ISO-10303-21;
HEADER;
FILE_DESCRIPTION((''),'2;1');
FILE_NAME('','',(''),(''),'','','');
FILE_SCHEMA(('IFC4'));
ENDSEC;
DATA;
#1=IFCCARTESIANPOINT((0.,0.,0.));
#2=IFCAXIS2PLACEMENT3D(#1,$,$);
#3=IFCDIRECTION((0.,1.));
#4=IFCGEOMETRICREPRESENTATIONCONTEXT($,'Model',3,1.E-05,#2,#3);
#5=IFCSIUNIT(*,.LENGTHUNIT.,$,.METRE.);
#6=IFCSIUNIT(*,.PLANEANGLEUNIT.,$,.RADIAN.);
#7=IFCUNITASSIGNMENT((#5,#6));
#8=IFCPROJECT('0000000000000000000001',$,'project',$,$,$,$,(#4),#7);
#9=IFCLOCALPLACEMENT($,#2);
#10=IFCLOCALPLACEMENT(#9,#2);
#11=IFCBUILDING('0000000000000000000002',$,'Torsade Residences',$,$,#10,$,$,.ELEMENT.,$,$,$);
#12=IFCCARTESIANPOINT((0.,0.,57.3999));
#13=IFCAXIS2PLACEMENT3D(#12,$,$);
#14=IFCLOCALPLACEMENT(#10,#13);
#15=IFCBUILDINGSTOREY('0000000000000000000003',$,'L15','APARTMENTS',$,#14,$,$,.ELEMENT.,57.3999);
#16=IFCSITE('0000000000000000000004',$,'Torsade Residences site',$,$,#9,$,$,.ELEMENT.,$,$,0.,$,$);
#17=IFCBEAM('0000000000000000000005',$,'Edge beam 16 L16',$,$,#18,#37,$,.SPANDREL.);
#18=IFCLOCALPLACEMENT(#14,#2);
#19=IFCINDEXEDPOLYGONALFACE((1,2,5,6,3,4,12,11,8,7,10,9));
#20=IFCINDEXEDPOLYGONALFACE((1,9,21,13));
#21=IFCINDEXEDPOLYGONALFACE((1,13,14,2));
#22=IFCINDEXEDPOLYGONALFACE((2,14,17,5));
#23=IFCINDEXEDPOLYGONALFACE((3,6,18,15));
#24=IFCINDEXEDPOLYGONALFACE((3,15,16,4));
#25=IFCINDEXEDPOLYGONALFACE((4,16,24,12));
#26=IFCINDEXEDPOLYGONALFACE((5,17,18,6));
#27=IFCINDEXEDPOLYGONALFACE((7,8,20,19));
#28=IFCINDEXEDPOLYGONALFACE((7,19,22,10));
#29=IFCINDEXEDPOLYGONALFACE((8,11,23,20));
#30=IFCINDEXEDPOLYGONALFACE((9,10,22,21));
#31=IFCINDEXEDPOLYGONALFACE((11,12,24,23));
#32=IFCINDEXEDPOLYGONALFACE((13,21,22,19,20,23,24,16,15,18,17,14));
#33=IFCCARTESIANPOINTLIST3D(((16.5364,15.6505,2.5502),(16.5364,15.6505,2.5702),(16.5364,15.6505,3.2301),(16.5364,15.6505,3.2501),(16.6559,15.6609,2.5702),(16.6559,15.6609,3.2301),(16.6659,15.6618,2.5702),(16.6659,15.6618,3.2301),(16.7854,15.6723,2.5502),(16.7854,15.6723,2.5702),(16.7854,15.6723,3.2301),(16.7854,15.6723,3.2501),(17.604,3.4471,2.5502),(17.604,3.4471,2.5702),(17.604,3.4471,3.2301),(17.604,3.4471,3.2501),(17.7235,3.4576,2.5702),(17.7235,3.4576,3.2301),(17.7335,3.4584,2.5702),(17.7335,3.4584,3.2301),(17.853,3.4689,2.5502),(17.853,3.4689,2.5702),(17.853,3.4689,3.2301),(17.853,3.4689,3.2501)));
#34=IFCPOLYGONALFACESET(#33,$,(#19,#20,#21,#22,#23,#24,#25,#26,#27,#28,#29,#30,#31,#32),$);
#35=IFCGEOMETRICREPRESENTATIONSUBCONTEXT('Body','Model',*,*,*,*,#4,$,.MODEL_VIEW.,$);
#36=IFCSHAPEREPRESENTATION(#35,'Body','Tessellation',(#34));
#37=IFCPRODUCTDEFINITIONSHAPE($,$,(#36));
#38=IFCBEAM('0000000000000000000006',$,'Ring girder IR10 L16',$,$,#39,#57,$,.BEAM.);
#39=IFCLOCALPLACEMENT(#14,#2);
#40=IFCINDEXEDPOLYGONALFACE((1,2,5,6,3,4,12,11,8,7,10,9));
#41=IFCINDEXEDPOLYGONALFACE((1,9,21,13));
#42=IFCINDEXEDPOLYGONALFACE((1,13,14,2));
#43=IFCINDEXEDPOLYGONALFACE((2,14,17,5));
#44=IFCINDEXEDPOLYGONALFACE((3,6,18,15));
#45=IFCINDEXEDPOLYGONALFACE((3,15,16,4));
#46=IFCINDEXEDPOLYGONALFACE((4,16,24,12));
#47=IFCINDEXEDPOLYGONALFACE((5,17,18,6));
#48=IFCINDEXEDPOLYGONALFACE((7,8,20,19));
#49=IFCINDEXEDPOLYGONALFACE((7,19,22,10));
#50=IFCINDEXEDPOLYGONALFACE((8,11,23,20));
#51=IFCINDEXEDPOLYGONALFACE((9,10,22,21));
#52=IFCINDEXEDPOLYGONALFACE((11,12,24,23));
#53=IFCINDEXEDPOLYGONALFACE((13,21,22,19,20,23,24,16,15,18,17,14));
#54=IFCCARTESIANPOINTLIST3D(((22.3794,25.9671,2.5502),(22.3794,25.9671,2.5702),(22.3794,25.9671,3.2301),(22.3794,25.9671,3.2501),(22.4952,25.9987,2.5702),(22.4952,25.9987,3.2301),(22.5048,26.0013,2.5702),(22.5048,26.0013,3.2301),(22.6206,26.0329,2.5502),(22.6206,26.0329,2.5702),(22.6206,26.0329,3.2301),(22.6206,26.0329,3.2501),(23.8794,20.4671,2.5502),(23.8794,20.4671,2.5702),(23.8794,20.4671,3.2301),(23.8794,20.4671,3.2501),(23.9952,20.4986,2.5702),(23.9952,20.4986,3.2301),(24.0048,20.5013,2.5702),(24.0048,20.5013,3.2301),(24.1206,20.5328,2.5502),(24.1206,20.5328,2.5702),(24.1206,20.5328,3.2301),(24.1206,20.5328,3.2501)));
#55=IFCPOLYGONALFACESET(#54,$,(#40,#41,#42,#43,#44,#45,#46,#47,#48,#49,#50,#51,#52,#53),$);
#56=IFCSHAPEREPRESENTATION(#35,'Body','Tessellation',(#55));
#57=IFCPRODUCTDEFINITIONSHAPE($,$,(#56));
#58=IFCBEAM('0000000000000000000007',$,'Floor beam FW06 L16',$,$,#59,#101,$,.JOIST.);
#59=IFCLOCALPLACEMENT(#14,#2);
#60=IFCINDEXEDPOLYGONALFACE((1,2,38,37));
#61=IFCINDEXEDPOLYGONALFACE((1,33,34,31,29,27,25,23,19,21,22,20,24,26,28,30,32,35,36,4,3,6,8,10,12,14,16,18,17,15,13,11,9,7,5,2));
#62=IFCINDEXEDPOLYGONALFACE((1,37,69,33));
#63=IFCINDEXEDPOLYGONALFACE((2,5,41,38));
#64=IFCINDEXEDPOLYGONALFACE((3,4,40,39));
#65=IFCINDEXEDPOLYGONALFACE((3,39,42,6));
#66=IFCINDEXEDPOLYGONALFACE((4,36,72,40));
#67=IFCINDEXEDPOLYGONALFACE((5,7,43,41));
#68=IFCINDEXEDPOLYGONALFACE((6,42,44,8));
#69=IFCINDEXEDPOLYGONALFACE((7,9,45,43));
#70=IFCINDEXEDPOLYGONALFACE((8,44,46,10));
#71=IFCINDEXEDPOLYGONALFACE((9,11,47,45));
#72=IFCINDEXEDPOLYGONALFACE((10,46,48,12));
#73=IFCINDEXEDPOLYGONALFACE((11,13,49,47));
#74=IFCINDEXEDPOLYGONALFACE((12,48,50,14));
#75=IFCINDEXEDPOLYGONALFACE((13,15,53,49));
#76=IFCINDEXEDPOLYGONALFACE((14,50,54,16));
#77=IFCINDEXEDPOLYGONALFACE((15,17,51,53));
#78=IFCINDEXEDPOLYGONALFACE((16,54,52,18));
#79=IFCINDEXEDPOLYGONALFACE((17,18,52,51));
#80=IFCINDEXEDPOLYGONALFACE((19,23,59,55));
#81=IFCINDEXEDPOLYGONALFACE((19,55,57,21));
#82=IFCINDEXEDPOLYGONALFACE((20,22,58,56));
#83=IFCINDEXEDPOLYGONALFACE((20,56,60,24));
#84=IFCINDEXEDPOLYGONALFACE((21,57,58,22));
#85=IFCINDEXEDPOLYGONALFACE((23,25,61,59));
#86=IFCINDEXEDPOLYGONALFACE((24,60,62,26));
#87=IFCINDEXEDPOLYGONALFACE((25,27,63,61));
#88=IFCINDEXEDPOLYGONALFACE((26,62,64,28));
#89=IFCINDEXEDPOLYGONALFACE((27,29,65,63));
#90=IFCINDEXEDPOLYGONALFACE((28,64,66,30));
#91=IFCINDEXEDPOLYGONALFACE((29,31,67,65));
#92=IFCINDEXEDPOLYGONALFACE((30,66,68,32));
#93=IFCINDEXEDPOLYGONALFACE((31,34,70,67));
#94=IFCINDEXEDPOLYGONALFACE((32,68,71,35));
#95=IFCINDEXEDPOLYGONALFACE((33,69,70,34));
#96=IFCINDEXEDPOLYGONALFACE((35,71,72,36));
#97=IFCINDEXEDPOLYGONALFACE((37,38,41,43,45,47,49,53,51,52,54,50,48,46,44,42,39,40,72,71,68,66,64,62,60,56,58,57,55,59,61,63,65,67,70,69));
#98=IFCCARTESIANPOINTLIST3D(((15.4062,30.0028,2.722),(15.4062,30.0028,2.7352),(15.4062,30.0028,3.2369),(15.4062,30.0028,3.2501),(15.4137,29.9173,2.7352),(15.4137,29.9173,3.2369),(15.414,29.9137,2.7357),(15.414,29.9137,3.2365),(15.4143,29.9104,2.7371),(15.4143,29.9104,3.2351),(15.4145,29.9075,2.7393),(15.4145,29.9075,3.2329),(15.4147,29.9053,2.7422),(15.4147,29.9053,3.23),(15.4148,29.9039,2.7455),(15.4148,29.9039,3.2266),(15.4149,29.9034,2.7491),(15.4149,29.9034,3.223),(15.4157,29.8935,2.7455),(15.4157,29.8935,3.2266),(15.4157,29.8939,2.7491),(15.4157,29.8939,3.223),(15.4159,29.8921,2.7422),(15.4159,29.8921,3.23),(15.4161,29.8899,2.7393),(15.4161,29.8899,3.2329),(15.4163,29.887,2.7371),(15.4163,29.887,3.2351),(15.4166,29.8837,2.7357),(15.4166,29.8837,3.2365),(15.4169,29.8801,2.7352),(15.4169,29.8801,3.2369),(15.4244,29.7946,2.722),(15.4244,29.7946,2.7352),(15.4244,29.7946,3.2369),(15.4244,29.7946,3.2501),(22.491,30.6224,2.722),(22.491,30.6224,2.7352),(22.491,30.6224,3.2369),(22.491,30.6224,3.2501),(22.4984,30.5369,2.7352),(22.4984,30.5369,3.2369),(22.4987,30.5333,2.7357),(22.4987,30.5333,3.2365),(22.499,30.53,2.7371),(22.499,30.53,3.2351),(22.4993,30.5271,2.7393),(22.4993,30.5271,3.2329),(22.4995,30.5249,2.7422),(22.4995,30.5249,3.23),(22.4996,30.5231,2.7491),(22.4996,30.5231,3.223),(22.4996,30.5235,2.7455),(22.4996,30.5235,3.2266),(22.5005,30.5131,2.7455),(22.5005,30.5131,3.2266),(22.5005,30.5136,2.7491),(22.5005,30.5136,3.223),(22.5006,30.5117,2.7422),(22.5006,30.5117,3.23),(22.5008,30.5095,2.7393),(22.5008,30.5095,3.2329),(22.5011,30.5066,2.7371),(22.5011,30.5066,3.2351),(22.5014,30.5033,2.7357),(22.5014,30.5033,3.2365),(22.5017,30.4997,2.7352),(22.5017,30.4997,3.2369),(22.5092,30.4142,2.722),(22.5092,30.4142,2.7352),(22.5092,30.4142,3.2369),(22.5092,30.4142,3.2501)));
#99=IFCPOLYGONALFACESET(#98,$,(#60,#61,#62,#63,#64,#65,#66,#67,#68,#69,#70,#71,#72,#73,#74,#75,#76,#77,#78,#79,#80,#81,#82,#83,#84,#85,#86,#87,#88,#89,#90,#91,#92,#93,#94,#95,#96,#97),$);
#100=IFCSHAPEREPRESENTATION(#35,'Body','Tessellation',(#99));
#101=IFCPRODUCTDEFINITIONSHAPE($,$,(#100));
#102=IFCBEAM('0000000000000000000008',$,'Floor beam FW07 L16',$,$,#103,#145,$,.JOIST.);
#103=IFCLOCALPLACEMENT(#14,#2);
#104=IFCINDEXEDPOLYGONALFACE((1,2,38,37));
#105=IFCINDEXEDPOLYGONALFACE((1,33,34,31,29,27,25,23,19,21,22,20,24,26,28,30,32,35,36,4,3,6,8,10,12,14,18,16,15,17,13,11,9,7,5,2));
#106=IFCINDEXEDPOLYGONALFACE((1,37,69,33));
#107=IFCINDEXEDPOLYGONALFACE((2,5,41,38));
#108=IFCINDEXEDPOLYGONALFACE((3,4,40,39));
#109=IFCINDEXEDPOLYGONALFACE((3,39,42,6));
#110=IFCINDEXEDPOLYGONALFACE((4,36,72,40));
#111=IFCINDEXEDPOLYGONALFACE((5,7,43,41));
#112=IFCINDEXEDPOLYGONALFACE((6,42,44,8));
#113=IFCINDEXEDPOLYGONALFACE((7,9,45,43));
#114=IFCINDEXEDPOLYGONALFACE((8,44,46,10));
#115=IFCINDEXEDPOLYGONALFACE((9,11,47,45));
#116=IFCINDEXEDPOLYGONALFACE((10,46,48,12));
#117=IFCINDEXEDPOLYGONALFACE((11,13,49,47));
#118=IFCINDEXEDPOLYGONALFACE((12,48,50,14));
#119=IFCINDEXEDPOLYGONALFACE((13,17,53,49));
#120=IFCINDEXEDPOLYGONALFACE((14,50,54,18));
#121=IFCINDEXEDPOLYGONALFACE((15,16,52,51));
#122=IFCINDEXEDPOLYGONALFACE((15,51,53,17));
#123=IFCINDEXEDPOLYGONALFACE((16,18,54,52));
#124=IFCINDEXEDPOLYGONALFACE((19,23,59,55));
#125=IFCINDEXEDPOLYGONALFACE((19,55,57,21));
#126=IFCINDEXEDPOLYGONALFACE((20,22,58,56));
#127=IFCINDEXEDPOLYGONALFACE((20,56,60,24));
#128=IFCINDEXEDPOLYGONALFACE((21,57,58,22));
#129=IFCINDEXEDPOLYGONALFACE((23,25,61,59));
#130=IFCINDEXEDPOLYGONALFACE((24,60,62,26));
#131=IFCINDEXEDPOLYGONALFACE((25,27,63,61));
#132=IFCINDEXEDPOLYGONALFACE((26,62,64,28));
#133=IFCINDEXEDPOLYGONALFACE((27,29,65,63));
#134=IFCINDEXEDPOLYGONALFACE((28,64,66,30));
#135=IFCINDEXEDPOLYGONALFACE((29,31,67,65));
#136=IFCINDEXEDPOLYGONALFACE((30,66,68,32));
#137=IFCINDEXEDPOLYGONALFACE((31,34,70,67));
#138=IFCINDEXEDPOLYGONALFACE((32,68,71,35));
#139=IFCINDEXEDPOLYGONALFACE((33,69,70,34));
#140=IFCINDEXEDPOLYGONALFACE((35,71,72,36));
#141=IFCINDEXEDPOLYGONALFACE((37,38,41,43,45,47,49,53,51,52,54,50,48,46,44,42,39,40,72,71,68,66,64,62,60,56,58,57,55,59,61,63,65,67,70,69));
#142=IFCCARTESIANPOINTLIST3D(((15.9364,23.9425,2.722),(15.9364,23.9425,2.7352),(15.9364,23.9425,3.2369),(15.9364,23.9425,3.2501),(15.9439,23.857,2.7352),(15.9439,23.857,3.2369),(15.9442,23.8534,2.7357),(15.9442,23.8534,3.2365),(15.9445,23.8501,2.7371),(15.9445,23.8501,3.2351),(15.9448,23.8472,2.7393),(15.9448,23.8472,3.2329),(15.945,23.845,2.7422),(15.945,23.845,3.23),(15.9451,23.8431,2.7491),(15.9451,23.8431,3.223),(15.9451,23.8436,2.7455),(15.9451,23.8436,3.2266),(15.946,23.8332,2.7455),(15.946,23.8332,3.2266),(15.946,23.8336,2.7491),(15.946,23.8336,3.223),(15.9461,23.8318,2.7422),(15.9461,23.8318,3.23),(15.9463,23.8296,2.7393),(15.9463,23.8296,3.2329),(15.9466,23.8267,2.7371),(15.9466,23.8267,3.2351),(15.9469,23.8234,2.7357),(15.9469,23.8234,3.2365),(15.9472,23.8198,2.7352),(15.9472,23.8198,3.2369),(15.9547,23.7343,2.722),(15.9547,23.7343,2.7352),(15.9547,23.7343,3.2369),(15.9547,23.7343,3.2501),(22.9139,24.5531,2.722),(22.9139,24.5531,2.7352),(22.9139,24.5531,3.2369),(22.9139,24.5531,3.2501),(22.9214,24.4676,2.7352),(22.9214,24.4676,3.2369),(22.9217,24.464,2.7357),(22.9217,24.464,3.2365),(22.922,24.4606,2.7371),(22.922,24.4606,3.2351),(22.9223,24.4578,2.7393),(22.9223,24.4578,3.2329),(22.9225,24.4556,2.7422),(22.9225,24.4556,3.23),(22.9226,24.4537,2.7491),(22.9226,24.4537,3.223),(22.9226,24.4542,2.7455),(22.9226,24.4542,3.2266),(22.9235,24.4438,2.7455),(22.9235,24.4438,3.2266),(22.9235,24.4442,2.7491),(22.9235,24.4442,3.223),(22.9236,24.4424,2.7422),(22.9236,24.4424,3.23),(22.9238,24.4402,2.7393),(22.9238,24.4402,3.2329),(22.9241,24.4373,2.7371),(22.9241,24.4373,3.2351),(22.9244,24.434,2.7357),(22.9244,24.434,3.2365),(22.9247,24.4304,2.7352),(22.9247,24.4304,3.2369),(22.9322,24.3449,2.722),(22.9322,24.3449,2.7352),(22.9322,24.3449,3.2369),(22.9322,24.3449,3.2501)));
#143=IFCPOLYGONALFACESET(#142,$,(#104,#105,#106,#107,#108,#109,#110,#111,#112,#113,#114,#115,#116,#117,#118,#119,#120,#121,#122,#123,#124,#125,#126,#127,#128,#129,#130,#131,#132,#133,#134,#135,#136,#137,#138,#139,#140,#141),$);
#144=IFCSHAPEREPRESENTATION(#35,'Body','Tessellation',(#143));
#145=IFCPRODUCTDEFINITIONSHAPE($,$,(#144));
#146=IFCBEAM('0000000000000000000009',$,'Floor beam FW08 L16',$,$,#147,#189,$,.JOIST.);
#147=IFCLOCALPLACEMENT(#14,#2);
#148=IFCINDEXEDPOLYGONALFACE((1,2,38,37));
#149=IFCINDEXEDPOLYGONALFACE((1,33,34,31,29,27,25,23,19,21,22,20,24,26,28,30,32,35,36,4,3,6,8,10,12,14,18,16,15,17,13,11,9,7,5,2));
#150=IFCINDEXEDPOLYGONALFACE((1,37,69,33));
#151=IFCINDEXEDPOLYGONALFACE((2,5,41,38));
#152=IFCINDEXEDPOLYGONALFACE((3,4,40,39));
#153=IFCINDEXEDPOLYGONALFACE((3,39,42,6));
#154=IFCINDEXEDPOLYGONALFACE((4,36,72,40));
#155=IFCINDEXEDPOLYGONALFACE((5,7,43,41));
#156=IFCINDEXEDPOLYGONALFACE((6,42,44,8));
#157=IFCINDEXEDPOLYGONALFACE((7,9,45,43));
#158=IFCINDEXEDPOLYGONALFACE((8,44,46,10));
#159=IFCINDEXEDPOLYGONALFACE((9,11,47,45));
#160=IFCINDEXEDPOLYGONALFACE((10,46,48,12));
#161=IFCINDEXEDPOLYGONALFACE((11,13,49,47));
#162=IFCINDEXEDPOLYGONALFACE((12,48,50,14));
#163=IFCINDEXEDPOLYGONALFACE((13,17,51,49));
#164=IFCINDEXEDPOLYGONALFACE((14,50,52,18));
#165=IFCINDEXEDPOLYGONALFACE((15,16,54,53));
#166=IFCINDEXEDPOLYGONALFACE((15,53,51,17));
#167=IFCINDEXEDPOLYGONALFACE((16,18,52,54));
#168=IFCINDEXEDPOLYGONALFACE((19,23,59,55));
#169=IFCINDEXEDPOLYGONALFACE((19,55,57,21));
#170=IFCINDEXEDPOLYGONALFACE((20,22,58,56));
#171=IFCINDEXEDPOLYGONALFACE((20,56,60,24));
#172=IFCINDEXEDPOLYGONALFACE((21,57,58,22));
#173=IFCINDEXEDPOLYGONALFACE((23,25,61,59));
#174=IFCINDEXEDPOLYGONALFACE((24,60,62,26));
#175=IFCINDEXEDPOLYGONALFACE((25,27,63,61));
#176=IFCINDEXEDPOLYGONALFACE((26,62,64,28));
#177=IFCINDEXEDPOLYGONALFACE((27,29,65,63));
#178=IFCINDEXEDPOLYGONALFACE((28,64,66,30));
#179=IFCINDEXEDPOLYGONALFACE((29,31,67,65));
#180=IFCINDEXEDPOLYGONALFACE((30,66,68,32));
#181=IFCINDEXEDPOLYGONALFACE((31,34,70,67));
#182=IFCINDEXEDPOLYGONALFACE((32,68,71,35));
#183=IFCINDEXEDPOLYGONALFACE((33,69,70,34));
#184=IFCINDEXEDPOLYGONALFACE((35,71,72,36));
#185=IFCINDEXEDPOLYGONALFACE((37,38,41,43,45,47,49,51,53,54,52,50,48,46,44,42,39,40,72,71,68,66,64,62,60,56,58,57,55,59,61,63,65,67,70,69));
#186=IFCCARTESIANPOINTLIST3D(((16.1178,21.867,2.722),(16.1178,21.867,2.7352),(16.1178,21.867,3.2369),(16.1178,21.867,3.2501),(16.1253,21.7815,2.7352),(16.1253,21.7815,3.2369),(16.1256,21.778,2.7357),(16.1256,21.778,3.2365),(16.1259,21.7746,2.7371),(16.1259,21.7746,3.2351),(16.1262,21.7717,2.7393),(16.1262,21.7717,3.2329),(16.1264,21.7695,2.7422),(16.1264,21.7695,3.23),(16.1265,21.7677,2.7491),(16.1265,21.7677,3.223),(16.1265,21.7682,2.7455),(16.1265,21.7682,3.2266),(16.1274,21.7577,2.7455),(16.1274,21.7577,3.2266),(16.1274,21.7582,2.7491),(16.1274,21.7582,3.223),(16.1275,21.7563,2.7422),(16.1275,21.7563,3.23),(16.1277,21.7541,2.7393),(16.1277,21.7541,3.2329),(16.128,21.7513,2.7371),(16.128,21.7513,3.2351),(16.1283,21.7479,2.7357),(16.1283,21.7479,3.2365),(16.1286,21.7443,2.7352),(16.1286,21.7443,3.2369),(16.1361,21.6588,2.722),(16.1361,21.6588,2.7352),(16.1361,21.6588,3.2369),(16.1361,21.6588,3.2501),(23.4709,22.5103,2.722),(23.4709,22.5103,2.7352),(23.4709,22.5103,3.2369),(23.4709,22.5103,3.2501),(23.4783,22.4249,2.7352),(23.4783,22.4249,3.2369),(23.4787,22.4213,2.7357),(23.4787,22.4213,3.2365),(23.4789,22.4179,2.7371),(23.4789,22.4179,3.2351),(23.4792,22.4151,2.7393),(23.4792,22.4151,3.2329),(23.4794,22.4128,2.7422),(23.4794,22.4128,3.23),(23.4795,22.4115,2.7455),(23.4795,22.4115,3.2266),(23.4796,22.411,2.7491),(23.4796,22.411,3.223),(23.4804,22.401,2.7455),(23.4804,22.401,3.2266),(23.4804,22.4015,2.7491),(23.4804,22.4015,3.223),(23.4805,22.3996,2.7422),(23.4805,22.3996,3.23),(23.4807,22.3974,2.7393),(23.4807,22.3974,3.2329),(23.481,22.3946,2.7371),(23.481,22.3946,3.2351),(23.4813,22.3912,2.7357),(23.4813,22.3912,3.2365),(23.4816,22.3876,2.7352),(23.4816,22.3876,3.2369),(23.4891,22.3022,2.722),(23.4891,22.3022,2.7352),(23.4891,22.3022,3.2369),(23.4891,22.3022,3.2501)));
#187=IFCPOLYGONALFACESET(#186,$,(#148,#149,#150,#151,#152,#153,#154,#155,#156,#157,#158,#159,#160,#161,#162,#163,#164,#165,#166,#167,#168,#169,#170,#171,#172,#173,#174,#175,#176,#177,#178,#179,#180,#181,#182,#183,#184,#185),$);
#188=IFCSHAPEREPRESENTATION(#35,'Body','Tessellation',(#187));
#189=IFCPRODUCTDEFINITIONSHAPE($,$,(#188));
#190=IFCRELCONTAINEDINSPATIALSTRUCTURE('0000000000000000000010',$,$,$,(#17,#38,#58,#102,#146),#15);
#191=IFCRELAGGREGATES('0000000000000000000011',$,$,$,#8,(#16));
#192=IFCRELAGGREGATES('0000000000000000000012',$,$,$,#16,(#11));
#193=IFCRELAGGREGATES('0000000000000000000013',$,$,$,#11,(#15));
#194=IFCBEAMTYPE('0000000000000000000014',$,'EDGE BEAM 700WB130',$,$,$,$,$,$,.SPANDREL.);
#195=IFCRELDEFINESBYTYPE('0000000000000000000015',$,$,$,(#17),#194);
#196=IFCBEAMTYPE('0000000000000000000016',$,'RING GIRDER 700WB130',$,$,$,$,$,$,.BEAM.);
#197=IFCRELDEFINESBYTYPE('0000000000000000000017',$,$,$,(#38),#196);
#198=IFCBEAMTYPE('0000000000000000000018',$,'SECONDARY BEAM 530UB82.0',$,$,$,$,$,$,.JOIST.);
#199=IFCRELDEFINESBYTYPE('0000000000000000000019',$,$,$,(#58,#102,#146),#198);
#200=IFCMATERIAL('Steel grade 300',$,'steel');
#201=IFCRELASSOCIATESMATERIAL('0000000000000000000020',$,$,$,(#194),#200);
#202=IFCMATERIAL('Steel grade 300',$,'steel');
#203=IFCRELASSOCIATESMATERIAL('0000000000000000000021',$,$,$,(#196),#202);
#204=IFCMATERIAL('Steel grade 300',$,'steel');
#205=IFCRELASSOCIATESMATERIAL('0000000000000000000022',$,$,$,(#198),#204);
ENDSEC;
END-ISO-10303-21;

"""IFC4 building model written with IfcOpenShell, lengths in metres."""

from ifc_helpers import new_model, si_unit, direction, frame, origin, origin_2d, place, context, subcontext, project, spatial, i_section, extrude, material, material_profile, profile_set, type_object, element, save


model = new_model("IFC4")

# Units and contexts
model_context = context("Model", 3, precision=1e-05, world=origin(), true_north=direction((0.0, 1.0)))
body_context = subcontext(model_context, "Body", "Model", "MODEL_VIEW")
ifc_project = project(units=[si_unit("LENGTHUNIT", "METRE"), si_unit("PLANEANGLEUNIT", "RADIAN")], contexts=[model_context])

# Site, building, storey
site_placement = place(None, origin())
site = spatial("IfcSite", under=ifc_project, at=site_placement, Name="Torsade Residences site", CompositionType="ELEMENT", RefElevation=0.0)
building_placement = place(site_placement, origin())
building = spatial("IfcBuilding", under=site, at=building_placement, Name="Torsade Residences", CompositionType="ELEMENT")
storey_placement = place(building_placement, frame((0.0, 0.0, 57.3999)))
storey = spatial("IfcBuildingStorey", under=building, at=storey_placement, Name="L15", Description="APARTMENTS", CompositionType="ELEMENT", Elevation=57.3999)

# Beams
ifc_material_1 = material(Name="Steel grade 300", Category="steel")
ifc_material_profile_1 = material_profile(ifc_material_1, i_section(OverallWidth=0.25, OverallDepth=0.7, WebThickness=0.01, FlangeThickness=0.02, at=origin_2d()), Name="700WB130")
ifc_profile_set_1 = profile_set([ifc_material_profile_1], Name="Steel grade 300")
beam_type_1 = type_object("IfcBeamType", Name="EDGE BEAM 700WB130", PredefinedType="SPANDREL", material=ifc_profile_set_1)
for number, where, z_axis, x_axis, name in (
    (1, (16.6609, 15.6614, 2.9001), (0.087153, -0.996195, 0.0), (0.996195, 0.087153, 0.0), "Edge beam 16 L16"),
):
    element("IfcBeam", number, at=place(storey_placement, frame(where, z_axis=z_axis, x_axis=x_axis)), inside=storey, type_object=beam_type_1, Name=name, PredefinedType="SPANDREL", context=body_context, shape_type="SweptSolid", body=[
        extrude(i_section(OverallWidth=0.25, OverallDepth=0.7, WebThickness=0.01, FlangeThickness=0.02, at=origin_2d()), origin(), (0.0, 0.0, 1.0), 12.25),
    ])
ifc_material_2 = material(Name="Steel grade 300", Category="steel")
ifc_material_profile_2 = material_profile(ifc_material_2, i_section(OverallWidth=0.25, OverallDepth=0.7, WebThickness=0.01, FlangeThickness=0.02, at=origin_2d()), Name="700WB130")
ifc_profile_set_2 = profile_set([ifc_material_profile_2], Name="Steel grade 300")
beam_type_2 = type_object("IfcBeamType", Name="RING GIRDER 700WB130", PredefinedType="BEAM", material=ifc_profile_set_2)
beam_1_placement = place(storey_placement, frame((22.5, 26.0, 2.9001), z_axis=(0.263117, -0.964764, 0.0), x_axis=(0.964764, 0.263117, 0.0)))
element("IfcBeam", 2, at=beam_1_placement, inside=storey, type_object=beam_type_2, Name="Ring girder IR10 L16", PredefinedType="BEAM", context=body_context, shape_type="SweptSolid", body=[
    extrude(i_section(OverallWidth=0.25, OverallDepth=0.7, WebThickness=0.01, FlangeThickness=0.02, at=origin_2d()), origin(), (0.0, 0.0, 1.0), 5.7009),
])
ifc_material_3 = material(Name="Steel grade 300", Category="steel")
ifc_material_profile_3 = material_profile(ifc_material_3, i_section(OverallWidth=0.209, OverallDepth=0.5281, WebThickness=0.0095, FlangeThickness=0.0132, FilletRadius=0.0139, at=origin_2d()), Name="530UB82.0")
ifc_profile_set_3 = profile_set([ifc_material_profile_3], Name="Steel grade 300")
beam_type_3 = type_object("IfcBeamType", Name="SECONDARY BEAM 530UB82.0", PredefinedType="JOIST", material=ifc_profile_set_3)
beam_2_placement = place(storey_placement, frame((15.4153, 29.8987, 2.9861), z_axis=(0.996197, 0.087127, 0.0), x_axis=(-0.087127, 0.996197, 0.0)))
element("IfcBeam", 3, at=beam_2_placement, inside=storey, type_object=beam_type_3, Name="Floor beam FW06 L16", PredefinedType="JOIST", context=body_context, shape_type="SweptSolid", body=[
    extrude(i_section(OverallWidth=0.209, OverallDepth=0.5281, WebThickness=0.0095, FlangeThickness=0.0132, FilletRadius=0.0139, at=origin_2d()), origin(), (0.0, 0.0, 1.0), 7.1118),
])
beam_3_placement = place(storey_placement, frame((15.9456, 23.8384, 2.9861), z_axis=(0.996193, 0.087176, 0.0), x_axis=(-0.087176, 0.996193, 0.0)))
element("IfcBeam", 4, at=beam_3_placement, inside=storey, type_object=beam_type_3, Name="Floor beam FW07 L16", PredefinedType="JOIST", context=body_context, shape_type="SweptSolid", body=[
    extrude(i_section(OverallWidth=0.209, OverallDepth=0.5281, WebThickness=0.0095, FlangeThickness=0.0132, FilletRadius=0.0139, at=origin_2d()), origin(), (0.0, 0.0, 1.0), 7.0042),
])
beam_4_placement = place(storey_placement, frame((16.127, 21.7629, 2.9861), z_axis=(0.996195, 0.087156, 0.0), x_axis=(-0.087156, 0.996195, 0.0)))
element("IfcBeam", 5, at=beam_4_placement, inside=storey, type_object=beam_type_3, Name="Floor beam FW08 L16", PredefinedType="JOIST", context=body_context, shape_type="SweptSolid", body=[
    extrude(i_section(OverallWidth=0.209, OverallDepth=0.5281, WebThickness=0.0095, FlangeThickness=0.0132, FilletRadius=0.0139, at=origin_2d()), origin(), (0.0, 0.0, 1.0), 7.3811),
])

save(model, "model.ifc")
